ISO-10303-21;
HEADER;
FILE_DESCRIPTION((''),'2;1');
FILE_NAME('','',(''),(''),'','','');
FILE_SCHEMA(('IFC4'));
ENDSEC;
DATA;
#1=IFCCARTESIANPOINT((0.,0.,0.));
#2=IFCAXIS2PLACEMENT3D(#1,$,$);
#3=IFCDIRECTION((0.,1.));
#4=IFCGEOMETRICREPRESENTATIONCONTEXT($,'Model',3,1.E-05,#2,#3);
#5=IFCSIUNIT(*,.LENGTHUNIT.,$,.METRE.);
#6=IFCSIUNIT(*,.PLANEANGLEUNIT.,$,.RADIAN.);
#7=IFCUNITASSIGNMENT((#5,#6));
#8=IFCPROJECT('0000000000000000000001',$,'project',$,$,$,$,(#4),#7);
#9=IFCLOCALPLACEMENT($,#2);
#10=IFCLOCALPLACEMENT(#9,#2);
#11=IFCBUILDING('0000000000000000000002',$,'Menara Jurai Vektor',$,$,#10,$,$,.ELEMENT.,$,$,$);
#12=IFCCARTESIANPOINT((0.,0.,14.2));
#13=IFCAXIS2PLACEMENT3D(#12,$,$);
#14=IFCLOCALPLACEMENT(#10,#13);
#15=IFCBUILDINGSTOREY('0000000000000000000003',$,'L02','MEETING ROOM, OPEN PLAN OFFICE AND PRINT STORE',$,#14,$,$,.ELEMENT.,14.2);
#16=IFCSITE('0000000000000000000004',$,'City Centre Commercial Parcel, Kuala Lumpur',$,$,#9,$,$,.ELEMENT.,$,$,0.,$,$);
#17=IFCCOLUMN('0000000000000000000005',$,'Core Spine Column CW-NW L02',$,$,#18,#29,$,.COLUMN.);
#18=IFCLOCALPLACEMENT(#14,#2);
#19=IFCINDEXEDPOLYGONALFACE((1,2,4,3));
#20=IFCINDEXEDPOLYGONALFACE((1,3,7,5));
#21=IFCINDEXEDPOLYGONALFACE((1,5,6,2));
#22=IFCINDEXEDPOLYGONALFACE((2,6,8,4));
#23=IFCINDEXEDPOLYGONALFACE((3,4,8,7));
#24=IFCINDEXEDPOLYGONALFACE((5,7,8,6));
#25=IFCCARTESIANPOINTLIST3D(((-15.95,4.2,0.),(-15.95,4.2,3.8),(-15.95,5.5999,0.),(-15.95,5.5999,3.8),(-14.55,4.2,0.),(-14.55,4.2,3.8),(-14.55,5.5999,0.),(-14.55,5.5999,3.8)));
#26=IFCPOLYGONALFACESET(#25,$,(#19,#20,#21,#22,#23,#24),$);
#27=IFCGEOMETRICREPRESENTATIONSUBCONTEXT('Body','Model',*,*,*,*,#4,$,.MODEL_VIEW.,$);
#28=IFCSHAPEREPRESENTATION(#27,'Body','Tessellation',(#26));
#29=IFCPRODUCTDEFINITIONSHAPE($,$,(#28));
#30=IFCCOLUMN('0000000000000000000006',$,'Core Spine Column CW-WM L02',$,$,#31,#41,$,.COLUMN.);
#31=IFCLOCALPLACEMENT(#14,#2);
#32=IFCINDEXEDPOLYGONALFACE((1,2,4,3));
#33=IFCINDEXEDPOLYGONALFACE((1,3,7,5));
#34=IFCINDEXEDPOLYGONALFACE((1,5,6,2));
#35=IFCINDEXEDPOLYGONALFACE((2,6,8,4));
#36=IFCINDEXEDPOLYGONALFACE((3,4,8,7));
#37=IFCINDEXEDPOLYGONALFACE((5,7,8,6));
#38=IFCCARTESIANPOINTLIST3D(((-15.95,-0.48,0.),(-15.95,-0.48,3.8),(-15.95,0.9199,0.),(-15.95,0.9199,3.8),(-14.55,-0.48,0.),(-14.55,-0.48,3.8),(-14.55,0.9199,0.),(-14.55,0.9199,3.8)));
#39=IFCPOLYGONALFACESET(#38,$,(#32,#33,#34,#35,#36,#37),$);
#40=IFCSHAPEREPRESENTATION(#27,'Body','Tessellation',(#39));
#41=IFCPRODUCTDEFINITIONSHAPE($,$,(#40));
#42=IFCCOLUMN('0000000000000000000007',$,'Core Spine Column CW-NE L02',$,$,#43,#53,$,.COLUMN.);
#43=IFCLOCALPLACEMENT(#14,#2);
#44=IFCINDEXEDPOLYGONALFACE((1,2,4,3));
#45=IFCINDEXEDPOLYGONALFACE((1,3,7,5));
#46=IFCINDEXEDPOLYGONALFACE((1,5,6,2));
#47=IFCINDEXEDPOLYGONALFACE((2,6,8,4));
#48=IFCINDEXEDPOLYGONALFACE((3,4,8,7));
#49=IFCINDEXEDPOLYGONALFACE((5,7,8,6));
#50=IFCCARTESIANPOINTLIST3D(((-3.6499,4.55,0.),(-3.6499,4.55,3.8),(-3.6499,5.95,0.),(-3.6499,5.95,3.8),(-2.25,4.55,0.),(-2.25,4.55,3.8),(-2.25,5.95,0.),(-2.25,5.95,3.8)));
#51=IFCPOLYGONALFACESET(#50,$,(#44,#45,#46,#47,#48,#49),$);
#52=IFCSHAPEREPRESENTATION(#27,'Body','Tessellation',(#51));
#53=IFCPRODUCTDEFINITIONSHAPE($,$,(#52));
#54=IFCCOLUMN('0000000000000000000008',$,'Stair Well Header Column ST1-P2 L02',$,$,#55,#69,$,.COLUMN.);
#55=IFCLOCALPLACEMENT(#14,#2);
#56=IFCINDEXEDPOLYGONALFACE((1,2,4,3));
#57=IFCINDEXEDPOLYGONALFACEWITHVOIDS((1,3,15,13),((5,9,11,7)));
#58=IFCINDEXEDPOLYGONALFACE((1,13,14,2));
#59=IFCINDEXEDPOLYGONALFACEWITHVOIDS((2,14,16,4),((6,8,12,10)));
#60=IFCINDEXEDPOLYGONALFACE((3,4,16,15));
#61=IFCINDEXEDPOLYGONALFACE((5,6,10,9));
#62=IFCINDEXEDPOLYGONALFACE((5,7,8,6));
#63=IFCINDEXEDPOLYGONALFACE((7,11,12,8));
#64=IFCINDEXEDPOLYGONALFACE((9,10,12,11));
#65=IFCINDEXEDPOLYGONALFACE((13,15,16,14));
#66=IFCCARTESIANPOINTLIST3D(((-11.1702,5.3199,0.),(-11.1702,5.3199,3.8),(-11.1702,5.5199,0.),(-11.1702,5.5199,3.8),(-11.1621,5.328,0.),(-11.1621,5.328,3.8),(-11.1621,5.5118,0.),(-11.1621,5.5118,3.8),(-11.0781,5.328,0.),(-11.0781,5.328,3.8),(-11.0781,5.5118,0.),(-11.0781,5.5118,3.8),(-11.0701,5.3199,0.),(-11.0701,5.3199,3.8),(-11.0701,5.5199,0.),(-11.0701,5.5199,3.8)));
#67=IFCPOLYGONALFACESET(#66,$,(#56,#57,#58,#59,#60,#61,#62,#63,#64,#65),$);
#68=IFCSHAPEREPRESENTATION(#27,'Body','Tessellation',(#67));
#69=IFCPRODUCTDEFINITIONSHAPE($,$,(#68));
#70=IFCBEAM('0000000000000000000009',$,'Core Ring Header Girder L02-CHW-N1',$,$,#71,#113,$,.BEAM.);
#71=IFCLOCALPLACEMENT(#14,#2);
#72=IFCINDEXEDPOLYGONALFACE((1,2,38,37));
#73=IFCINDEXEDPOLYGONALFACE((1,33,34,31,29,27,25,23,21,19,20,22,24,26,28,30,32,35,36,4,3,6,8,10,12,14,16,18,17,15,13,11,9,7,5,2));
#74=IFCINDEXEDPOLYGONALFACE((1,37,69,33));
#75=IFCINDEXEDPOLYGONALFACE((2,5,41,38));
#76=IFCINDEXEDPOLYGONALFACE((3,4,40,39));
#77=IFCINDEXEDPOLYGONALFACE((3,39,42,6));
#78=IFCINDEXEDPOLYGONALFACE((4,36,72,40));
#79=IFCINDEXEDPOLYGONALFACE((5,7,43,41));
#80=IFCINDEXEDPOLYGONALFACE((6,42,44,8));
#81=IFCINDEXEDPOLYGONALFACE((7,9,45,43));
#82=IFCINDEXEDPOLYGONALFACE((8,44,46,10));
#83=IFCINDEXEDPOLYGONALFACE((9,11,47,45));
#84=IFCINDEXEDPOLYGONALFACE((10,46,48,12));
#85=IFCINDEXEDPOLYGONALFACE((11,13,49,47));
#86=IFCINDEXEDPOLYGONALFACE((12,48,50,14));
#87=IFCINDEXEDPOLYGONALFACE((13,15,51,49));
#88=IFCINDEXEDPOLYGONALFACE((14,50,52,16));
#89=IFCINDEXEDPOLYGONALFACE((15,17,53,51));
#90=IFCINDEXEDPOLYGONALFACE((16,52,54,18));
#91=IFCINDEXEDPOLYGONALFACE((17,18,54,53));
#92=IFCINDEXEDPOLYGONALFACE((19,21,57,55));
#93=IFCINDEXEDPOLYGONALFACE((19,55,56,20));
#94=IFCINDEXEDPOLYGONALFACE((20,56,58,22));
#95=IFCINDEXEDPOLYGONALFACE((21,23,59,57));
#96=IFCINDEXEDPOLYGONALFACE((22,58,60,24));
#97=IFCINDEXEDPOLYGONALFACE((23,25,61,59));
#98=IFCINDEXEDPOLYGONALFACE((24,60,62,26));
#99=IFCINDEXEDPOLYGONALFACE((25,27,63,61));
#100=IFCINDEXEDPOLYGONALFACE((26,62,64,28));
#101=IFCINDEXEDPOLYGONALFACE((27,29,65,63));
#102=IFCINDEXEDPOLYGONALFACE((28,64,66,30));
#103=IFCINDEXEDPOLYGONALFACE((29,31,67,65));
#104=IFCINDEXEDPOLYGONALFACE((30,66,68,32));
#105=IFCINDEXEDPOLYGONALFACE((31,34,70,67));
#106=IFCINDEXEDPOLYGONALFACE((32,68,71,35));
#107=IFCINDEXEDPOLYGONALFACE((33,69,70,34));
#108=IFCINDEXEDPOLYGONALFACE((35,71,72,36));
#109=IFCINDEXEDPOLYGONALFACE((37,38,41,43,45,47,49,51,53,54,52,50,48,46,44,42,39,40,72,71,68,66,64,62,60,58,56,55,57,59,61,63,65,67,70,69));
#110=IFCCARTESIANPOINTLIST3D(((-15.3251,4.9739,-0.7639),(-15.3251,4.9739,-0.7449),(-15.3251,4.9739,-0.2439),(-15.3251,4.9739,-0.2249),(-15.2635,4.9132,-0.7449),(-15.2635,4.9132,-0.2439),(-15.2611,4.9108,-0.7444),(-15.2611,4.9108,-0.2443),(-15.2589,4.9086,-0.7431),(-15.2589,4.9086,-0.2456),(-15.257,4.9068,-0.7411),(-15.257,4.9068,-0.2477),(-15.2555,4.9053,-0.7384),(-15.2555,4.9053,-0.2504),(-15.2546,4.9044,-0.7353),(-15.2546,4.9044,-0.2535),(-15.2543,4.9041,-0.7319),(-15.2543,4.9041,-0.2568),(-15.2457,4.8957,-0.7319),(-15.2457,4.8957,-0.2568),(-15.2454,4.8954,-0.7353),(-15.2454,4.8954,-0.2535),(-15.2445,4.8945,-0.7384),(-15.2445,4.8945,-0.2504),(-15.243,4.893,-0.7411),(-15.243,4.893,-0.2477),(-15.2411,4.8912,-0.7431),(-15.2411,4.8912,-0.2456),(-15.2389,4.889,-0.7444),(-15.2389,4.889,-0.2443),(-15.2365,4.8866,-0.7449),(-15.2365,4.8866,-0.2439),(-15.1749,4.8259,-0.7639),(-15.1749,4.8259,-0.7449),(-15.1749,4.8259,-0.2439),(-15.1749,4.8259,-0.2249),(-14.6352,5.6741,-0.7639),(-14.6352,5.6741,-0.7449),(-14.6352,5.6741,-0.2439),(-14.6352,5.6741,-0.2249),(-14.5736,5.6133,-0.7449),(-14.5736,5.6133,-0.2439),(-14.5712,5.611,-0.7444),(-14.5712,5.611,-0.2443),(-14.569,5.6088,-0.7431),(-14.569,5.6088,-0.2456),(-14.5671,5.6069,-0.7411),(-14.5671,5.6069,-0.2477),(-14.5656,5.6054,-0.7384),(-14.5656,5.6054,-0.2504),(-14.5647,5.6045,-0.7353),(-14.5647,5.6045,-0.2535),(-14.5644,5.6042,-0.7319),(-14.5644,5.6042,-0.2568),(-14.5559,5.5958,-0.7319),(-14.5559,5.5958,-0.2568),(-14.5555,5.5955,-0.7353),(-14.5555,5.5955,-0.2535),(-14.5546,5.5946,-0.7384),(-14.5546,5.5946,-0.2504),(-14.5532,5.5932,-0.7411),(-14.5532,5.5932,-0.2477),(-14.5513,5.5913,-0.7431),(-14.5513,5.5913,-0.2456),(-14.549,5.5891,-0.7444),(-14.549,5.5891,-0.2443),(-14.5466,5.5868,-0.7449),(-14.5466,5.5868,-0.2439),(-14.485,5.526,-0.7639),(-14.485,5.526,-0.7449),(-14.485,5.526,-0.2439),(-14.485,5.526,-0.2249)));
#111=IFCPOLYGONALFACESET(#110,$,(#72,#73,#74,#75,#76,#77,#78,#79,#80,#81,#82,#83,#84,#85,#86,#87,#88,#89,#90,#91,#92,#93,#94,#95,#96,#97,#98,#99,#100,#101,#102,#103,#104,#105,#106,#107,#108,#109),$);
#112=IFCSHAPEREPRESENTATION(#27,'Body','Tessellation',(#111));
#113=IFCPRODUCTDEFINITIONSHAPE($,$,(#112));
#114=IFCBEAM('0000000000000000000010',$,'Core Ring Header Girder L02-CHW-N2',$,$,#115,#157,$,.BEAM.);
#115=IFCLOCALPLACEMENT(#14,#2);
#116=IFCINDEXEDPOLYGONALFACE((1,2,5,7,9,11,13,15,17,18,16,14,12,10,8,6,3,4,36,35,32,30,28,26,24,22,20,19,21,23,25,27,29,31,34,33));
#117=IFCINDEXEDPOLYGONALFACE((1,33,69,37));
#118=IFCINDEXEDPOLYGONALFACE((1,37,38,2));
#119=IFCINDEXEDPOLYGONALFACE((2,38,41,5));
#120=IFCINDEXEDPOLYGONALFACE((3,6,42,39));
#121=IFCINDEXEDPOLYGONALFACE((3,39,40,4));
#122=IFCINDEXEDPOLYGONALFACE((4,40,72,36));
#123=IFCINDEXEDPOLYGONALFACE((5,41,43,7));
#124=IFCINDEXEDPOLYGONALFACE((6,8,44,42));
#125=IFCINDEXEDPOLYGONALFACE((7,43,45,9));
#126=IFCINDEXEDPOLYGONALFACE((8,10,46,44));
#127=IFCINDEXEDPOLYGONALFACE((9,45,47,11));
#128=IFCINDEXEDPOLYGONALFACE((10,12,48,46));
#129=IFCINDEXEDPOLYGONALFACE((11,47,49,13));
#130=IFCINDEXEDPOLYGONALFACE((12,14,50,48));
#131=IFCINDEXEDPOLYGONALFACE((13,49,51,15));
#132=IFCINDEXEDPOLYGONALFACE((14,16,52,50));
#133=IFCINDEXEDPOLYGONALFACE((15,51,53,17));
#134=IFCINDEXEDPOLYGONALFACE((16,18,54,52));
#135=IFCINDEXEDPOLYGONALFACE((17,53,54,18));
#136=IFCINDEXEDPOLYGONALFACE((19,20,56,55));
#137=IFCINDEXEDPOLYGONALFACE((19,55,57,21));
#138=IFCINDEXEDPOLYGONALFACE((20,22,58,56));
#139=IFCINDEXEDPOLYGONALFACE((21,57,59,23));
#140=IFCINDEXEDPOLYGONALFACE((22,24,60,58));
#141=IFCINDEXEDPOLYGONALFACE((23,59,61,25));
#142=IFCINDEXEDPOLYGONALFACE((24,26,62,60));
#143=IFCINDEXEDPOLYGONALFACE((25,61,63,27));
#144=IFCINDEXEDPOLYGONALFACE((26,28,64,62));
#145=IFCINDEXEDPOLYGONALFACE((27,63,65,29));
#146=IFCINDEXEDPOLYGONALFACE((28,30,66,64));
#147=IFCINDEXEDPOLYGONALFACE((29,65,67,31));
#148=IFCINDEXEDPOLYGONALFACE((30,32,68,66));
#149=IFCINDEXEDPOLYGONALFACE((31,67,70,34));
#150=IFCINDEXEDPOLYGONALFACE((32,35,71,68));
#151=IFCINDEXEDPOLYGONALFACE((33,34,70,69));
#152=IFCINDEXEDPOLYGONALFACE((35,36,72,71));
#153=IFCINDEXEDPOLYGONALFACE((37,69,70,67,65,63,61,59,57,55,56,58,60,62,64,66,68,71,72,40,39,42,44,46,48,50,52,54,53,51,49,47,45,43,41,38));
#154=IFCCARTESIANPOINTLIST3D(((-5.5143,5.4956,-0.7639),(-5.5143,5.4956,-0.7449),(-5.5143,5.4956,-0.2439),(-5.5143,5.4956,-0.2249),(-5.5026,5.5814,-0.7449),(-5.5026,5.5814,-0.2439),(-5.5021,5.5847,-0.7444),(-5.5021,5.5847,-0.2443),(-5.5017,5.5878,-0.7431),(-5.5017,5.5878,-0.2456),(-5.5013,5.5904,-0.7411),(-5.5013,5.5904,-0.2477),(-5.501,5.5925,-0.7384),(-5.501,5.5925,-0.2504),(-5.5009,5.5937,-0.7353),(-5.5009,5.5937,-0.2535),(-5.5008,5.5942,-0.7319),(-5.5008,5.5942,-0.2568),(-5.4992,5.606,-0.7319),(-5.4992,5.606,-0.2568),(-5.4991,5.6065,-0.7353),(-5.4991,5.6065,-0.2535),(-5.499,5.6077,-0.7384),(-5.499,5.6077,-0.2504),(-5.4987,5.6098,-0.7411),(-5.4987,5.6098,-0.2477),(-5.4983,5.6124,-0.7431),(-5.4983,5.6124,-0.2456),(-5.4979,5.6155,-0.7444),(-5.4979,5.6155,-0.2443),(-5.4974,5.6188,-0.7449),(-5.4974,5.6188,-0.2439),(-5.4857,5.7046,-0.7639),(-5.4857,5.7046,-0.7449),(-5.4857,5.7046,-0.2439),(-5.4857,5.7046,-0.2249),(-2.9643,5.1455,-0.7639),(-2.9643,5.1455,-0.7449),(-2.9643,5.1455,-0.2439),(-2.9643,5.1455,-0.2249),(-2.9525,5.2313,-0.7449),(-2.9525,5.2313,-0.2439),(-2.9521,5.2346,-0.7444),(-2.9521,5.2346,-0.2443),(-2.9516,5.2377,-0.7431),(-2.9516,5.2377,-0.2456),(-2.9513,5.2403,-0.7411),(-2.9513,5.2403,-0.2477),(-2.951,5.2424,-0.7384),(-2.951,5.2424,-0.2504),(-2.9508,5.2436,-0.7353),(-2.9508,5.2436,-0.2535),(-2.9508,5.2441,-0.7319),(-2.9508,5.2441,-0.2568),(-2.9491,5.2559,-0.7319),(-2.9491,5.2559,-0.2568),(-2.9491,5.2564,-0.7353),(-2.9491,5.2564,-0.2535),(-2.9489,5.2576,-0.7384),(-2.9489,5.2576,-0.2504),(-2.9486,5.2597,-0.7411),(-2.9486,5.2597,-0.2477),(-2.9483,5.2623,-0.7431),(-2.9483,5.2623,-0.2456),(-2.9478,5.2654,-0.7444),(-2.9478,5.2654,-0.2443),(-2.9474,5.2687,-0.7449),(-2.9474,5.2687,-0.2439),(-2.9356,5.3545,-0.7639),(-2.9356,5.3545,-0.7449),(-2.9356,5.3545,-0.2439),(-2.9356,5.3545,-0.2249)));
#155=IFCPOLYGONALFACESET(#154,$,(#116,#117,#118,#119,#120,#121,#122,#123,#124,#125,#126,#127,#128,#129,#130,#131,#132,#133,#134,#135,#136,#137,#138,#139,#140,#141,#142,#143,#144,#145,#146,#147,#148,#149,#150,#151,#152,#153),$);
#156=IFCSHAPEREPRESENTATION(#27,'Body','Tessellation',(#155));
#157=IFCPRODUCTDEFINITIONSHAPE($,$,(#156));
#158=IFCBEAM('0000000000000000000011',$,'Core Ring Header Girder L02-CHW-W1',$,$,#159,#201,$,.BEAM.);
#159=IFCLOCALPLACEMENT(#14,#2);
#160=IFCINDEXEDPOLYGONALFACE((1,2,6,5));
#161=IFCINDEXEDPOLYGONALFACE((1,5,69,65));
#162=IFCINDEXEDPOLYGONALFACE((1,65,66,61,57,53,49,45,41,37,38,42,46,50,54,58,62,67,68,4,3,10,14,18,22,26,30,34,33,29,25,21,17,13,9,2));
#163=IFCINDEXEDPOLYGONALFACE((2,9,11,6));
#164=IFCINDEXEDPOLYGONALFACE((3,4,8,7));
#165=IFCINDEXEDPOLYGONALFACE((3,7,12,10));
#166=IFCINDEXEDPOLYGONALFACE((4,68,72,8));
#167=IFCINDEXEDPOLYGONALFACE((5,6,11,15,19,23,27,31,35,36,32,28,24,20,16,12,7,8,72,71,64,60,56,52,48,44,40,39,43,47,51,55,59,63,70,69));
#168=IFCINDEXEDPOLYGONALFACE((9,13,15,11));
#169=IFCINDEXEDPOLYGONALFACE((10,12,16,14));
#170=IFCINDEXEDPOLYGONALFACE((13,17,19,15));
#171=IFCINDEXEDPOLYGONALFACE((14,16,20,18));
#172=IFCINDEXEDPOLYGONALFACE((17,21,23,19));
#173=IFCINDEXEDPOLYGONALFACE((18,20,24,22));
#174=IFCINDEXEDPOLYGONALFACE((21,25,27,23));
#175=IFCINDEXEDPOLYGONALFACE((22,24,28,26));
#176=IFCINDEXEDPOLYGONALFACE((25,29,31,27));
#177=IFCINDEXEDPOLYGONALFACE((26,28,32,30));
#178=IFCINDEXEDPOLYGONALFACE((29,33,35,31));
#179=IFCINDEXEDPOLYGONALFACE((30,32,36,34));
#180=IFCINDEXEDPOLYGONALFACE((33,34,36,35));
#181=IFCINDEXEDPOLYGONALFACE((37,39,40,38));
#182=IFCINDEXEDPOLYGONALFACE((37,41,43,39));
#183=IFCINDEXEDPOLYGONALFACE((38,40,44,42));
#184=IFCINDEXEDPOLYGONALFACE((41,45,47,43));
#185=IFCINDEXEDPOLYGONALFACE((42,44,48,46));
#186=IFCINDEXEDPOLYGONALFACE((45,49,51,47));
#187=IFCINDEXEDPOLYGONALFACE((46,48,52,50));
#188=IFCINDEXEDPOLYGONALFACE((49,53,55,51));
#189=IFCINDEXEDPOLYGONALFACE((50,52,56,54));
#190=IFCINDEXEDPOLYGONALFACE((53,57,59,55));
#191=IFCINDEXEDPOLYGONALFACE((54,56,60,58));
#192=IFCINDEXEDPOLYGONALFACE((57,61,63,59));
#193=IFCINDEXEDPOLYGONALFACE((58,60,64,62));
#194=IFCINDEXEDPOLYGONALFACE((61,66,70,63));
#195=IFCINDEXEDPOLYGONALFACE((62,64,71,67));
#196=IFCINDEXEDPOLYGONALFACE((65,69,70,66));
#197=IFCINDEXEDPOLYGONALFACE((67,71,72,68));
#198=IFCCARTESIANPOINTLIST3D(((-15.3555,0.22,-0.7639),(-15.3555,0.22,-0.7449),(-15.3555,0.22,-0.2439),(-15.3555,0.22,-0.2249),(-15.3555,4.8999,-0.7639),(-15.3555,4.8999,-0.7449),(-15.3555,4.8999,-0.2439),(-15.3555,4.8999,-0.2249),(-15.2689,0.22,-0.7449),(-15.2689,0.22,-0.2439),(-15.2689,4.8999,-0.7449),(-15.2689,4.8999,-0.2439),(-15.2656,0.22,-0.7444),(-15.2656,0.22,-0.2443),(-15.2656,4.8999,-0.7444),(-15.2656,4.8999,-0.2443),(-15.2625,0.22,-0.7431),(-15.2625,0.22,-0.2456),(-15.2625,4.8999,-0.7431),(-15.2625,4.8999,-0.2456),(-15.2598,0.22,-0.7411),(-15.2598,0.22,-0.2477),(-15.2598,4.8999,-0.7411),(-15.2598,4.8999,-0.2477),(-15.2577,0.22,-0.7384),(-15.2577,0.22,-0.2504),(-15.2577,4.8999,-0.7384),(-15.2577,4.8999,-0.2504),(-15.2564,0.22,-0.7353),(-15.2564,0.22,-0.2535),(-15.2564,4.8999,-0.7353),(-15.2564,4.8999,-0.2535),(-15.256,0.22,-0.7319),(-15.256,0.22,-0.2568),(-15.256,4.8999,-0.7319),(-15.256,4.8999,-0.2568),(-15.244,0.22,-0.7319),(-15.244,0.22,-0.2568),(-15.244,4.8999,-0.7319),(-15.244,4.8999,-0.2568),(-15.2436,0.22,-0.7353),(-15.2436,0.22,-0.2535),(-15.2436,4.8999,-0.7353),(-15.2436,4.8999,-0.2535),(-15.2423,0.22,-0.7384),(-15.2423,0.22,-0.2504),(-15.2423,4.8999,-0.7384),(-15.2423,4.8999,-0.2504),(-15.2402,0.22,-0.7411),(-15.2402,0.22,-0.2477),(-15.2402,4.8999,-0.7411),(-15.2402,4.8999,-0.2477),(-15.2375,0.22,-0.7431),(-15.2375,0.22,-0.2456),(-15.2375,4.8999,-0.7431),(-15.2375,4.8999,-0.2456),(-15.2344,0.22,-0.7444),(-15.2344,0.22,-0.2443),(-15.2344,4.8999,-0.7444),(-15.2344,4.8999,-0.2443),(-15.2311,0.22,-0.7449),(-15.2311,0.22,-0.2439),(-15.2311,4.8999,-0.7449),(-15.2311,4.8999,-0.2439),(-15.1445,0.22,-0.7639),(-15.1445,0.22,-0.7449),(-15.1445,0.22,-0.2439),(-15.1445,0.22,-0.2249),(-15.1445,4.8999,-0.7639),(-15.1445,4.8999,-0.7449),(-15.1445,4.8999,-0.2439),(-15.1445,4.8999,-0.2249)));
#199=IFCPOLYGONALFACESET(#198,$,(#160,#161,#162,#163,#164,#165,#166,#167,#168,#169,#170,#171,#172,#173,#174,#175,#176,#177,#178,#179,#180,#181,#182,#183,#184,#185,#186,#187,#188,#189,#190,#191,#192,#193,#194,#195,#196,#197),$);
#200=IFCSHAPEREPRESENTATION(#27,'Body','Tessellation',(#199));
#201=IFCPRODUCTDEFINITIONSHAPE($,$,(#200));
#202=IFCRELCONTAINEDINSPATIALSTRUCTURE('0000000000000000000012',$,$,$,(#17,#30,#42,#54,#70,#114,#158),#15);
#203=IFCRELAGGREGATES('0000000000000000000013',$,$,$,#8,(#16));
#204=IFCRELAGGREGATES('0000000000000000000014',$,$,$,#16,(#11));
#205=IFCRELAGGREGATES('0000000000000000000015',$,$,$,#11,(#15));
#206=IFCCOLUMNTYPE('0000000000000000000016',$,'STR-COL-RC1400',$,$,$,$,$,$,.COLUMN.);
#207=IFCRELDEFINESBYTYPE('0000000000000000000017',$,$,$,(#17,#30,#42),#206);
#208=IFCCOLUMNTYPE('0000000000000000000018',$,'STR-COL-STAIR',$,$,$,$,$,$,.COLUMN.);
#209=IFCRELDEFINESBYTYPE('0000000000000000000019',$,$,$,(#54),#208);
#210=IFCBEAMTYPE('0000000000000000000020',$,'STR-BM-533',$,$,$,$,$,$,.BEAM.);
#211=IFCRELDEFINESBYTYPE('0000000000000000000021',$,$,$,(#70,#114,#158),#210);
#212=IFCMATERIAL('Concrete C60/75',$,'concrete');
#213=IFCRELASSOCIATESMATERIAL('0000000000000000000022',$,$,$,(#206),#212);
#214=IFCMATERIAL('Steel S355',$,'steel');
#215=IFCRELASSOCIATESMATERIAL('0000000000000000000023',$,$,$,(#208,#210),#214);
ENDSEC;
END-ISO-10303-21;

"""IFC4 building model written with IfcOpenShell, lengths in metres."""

from ifc_helpers import new_model, si_unit, direction, frame, origin, origin_2d, place, context, subcontext, project, spatial, rectangle, hollow_rectangle, i_section, extrude, material, material_profile, profile_set, type_object, element, save


model = new_model("IFC4")

# Units and contexts
model_context = context("Model", 3, precision=1e-05, world=origin(), true_north=direction((0.0, 1.0)))
body_context = subcontext(model_context, "Body", "Model", "MODEL_VIEW")
ifc_project = project(units=[si_unit("LENGTHUNIT", "METRE"), si_unit("PLANEANGLEUNIT", "RADIAN")], contexts=[model_context])

# Site, building, storey
site_placement = place(None, origin())
site = spatial("IfcSite", under=ifc_project, at=site_placement, Name="City Centre Commercial Parcel, Kuala Lumpur", CompositionType="ELEMENT", RefElevation=0.0)
building_placement = place(site_placement, origin())
building = spatial("IfcBuilding", under=site, at=building_placement, Name="Menara Jurai Vektor", CompositionType="ELEMENT")
storey_placement = place(building_placement, frame((0.0, 0.0, 14.2)))
storey = spatial("IfcBuildingStorey", under=building, at=storey_placement, Name="L02", Description="MEETING ROOM, OPEN PLAN OFFICE AND PRINT STORE", CompositionType="ELEMENT", Elevation=14.2)

# Columns
ifc_material_1 = material(Name="Concrete C60/75", Category="concrete")
ifc_material_profile_1 = material_profile(ifc_material_1, rectangle(XDim=1.3999, YDim=1.3999, at=origin_2d()), Name="RC 1400x1400")
ifc_profile_set_1 = profile_set([ifc_material_profile_1], Name="Concrete C60/75")
column_type_1 = type_object("IfcColumnType", Name="STR-COL-RC1400", PredefinedType="COLUMN", material=ifc_profile_set_1)
for number, where, z_axis, x_axis, name in (
    (1, (-15.25, 4.8999, 0.0), (0.0, 0.0, 1.0), (1.0, 0.0, 0.0), "Core Spine Column CW-NW L02"),
    (2, (-15.25, 0.22, 0.0), (0.0, 0.0, 1.0), (1.0, 0.0, 0.0), "Core Spine Column CW-WM L02"),
    (3, (-2.95, 5.25, 0.0), (0.0, 0.0, 1.0), (1.0, 0.0, 0.0), "Core Spine Column CW-NE L02"),
):
    element("IfcColumn", number, at=place(storey_placement, frame(where, z_axis=z_axis, x_axis=x_axis)), inside=storey, type_object=column_type_1, Name=name, PredefinedType="COLUMN", context=body_context, shape_type="SweptSolid", body=[
        extrude(rectangle(XDim=1.3999, YDim=1.3999, at=origin_2d()), origin(), (0.0, 0.0, 1.0), 3.8),
    ])
ifc_material_2 = material(Name="Steel S355", Category="steel")
ifc_material_profile_2 = material_profile(ifc_material_2, hollow_rectangle(XDim=0.1001, YDim=0.2, WallThickness=0.0081, at=origin_2d()), Name="RHS 200x100x8")
ifc_profile_set_2 = profile_set([ifc_material_profile_2], Name="Steel S355")
column_type_2 = type_object("IfcColumnType", Name="STR-COL-STAIR", PredefinedType="COLUMN", material=ifc_profile_set_2)
column_placement = place(storey_placement, frame((-11.1201, 5.4199, 0.0), z_axis=(0.0, 0.0, 1.0), x_axis=(1.0, 0.0, 0.0)))
element("IfcColumn", 4, at=column_placement, inside=storey, type_object=column_type_2, Name="Stair Well Header Column ST1-P2 L02", PredefinedType="COLUMN", context=body_context, shape_type="SweptSolid", body=[
    extrude(hollow_rectangle(XDim=0.1001, YDim=0.2, WallThickness=0.0081, at=origin_2d()), origin(), (0.0, 0.0, 1.0), 3.8),
])

# Beams
ifc_material_profile_3 = material_profile(ifc_material_2, i_section(OverallWidth=0.2109, OverallDepth=0.5391, WebThickness=0.012, FlangeThickness=0.019, FilletRadius=0.0129, at=origin_2d()), Name="UKB 533x210x109")
ifc_profile_set_3 = profile_set([ifc_material_profile_3], Name="Steel S355")
beam_type_1 = type_object("IfcBeamType", Name="STR-BM-533", PredefinedType="BEAM", material=ifc_profile_set_3)
beam_1_placement = place(storey_placement, frame((-15.25, 4.8999, -0.4944), z_axis=(0.701872, 0.712303, 0.0), x_axis=(-0.712303, 0.701872, 0.0)))
element("IfcBeam", 5, at=beam_1_placement, inside=storey, type_object=beam_type_1, Name="Core Ring Header Girder L02-CHW-N1", PredefinedType="BEAM", context=body_context, shape_type="SweptSolid", body=[
    extrude(i_section(OverallWidth=0.2109, OverallDepth=0.5391, WebThickness=0.012, FlangeThickness=0.019, FilletRadius=0.0129, at=origin_2d()), origin(), (0.0, 0.0, 1.0), 0.9829),
])
beam_2_placement = place(storey_placement, frame((-5.5, 5.6001, -0.4944), z_axis=(0.990707, -0.136015, 0.0), x_axis=(0.136015, 0.990707, 0.0)))
element("IfcBeam", 6, at=beam_2_placement, inside=storey, type_object=beam_type_1, Name="Core Ring Header Girder L02-CHW-N2", PredefinedType="BEAM", context=body_context, shape_type="SweptSolid", body=[
    extrude(i_section(OverallWidth=0.2109, OverallDepth=0.5391, WebThickness=0.012, FlangeThickness=0.019, FilletRadius=0.0129, at=origin_2d()), origin(), (0.0, 0.0, 1.0), 2.574),
])
beam_3_placement = place(storey_placement, frame((-15.25, 0.22, -0.4944), z_axis=(0.0, 1.0, 0.0), x_axis=(-1.0, 0.0, 0.0)))
element("IfcBeam", 7, at=beam_3_placement, inside=storey, type_object=beam_type_1, Name="Core Ring Header Girder L02-CHW-W1", PredefinedType="BEAM", context=body_context, shape_type="SweptSolid", body=[
    extrude(i_section(OverallWidth=0.2109, OverallDepth=0.5391, WebThickness=0.012, FlangeThickness=0.019, FilletRadius=0.0129, at=origin_2d()), origin(), (0.0, 0.0, 1.0), 4.6799),
])

save(model, "model.ifc")
